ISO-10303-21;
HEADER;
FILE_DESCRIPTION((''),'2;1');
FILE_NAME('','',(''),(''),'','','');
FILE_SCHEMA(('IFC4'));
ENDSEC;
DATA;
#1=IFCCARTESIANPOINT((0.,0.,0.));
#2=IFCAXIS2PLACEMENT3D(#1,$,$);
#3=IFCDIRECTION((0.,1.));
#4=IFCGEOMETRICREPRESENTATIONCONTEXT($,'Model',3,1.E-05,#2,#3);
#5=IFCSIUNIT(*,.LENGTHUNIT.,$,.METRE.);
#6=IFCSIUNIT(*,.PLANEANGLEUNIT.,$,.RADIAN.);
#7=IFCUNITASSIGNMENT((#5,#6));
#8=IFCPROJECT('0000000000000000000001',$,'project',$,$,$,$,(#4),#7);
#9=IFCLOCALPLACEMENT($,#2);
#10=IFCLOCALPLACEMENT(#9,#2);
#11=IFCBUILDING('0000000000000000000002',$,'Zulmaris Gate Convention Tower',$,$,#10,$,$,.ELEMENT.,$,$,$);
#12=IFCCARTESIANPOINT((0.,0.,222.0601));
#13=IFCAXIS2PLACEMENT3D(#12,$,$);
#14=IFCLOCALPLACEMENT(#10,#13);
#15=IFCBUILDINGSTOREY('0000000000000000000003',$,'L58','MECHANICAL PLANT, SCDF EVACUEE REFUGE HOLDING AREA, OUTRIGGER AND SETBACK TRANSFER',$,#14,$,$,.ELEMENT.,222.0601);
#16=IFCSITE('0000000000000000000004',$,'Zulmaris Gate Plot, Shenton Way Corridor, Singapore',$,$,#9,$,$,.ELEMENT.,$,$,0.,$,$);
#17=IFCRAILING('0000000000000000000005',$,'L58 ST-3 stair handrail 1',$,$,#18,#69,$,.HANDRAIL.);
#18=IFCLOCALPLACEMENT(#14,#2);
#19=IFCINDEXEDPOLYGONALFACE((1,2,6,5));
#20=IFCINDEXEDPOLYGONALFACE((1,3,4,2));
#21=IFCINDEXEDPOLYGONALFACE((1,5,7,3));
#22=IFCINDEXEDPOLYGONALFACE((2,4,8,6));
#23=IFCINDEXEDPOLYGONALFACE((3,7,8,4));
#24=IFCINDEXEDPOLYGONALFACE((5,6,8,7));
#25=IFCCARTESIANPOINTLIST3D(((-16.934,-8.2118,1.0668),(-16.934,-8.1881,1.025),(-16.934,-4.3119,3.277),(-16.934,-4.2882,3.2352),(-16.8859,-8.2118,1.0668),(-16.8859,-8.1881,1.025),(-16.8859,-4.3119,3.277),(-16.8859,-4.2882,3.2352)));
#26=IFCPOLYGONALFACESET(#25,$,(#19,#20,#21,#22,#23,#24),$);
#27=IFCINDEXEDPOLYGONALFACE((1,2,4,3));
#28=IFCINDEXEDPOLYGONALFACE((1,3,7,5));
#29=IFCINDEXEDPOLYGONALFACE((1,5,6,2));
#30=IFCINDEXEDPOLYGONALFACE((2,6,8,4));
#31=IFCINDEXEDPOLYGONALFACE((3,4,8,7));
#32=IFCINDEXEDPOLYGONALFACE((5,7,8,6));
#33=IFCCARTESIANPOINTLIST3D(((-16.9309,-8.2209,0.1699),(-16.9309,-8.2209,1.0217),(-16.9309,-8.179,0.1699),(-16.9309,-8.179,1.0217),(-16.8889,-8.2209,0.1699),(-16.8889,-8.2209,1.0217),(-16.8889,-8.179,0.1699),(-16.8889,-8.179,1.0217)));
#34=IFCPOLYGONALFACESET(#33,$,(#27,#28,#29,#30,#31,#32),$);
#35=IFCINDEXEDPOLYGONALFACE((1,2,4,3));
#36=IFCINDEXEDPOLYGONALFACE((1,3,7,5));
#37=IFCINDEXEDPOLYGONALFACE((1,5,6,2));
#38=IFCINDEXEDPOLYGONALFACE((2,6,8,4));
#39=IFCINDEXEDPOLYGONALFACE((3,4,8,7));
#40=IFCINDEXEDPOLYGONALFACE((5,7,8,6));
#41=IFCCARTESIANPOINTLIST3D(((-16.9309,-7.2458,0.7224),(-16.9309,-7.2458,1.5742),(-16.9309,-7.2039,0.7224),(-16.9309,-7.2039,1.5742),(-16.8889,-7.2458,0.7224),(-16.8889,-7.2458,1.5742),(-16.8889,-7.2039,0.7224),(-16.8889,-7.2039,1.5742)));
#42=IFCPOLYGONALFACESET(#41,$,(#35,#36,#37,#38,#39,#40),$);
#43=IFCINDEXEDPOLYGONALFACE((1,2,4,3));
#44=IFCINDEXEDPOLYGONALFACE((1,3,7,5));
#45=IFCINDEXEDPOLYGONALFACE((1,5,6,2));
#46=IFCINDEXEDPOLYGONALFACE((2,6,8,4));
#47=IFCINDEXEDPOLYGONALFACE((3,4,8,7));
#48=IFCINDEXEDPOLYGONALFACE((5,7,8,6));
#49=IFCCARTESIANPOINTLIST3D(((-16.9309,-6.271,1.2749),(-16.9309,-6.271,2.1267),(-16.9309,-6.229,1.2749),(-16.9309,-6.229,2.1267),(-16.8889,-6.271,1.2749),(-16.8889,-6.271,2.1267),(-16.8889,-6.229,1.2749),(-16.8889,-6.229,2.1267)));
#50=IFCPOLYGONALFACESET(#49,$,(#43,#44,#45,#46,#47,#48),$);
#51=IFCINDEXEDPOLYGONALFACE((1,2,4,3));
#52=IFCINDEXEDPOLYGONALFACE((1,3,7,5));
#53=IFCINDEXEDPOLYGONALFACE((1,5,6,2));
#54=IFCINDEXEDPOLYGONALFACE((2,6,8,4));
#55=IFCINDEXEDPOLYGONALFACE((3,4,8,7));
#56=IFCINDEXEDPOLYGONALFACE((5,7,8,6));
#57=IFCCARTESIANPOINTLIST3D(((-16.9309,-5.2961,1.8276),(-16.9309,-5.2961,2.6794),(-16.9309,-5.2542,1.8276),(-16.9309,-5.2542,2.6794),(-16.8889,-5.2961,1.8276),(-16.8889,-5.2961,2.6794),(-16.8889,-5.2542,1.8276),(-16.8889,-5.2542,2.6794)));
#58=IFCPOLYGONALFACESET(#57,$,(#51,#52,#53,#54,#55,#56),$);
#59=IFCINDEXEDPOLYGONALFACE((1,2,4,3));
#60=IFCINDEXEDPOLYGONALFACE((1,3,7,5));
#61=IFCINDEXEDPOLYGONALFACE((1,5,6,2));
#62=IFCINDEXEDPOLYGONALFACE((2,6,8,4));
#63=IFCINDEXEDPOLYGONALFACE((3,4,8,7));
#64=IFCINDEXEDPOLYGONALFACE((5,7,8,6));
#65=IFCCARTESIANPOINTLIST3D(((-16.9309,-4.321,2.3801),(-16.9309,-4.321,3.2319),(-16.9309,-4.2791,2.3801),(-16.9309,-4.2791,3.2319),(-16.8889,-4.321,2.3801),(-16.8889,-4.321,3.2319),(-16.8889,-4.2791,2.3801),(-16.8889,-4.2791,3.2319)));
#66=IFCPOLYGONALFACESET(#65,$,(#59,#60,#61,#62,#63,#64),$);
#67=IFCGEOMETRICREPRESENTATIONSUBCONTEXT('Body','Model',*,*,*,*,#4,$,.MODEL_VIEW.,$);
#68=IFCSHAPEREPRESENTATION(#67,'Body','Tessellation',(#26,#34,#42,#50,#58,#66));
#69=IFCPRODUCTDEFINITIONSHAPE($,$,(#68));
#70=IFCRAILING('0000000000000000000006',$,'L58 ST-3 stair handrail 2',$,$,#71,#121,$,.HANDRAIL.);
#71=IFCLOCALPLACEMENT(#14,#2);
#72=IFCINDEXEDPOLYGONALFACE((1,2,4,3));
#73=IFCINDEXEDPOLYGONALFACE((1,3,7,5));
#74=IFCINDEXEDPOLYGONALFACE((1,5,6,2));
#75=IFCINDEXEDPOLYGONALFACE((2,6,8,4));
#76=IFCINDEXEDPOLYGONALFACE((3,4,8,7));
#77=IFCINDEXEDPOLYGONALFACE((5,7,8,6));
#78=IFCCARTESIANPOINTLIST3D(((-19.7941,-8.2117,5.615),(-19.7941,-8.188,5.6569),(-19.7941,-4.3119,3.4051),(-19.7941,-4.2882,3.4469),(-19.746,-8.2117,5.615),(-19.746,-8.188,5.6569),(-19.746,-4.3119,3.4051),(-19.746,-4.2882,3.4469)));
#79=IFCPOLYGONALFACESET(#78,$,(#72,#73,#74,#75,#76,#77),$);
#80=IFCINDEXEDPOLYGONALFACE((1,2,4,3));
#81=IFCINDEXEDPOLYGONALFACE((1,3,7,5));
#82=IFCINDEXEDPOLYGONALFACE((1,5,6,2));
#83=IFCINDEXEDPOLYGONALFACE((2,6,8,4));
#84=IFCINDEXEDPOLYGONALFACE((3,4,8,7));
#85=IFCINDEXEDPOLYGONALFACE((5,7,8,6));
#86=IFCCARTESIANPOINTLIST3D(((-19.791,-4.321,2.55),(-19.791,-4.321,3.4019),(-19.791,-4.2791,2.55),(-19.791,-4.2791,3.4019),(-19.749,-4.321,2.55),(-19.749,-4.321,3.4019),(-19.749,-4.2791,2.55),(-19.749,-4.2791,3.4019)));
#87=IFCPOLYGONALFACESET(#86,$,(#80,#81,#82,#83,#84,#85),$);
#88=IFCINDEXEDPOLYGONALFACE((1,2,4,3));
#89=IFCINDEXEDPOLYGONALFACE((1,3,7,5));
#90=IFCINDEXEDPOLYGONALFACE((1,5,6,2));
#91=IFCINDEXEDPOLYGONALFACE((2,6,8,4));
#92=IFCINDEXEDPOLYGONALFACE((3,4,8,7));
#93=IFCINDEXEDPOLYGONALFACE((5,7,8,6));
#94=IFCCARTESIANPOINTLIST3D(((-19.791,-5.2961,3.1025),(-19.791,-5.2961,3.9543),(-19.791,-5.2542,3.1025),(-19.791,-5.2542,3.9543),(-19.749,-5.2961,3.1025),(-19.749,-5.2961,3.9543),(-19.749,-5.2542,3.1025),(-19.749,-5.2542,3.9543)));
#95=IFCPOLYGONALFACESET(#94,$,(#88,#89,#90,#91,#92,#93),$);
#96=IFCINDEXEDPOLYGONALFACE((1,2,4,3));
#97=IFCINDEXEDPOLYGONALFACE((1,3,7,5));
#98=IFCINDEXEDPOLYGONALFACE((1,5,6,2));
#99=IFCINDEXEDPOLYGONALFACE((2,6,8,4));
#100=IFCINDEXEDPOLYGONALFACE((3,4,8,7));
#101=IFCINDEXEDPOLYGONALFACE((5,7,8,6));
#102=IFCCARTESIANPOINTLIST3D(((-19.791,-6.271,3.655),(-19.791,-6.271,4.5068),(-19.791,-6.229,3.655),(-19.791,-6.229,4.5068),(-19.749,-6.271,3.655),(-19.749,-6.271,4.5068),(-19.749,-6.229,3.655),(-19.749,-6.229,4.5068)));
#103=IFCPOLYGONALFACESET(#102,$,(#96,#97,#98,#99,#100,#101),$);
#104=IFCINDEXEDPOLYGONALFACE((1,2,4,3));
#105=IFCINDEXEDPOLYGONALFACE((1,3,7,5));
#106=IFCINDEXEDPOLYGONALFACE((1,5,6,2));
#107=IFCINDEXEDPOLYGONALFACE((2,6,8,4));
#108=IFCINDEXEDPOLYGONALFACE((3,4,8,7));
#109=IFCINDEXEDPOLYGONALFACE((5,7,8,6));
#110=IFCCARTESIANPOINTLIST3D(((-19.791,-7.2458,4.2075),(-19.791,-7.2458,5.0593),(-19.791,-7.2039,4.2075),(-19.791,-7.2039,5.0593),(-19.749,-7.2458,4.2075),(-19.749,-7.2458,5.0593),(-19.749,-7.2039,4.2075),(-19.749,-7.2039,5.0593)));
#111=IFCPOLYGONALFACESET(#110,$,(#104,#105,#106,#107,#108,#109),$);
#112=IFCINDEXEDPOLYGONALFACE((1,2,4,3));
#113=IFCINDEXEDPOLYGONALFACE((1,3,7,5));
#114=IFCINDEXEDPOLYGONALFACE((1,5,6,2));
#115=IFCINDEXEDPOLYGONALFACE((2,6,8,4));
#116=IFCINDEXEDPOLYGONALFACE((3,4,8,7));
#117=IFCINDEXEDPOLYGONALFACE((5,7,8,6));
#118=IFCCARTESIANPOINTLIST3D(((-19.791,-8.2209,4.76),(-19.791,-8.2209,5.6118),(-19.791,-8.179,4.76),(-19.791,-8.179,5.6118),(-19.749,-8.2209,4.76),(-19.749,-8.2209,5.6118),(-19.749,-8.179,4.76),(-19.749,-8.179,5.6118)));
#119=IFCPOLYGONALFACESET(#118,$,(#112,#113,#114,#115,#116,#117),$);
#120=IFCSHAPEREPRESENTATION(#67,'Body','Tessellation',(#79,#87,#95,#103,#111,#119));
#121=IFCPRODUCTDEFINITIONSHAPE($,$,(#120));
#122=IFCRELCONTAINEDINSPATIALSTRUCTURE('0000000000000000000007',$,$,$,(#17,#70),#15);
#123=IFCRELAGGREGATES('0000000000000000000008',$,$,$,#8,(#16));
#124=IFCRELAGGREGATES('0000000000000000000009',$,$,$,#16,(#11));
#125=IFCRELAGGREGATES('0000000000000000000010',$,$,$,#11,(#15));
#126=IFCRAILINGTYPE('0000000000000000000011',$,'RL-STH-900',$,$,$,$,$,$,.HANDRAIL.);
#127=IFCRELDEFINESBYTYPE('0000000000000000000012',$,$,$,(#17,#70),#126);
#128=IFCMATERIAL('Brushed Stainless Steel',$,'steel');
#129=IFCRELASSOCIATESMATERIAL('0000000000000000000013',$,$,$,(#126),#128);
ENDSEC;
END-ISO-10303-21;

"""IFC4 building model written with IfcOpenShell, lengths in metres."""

from ifc_helpers import new_model, si_unit, direction, frame, origin, origin_2d, place, context, subcontext, project, spatial, rectangle, extrude, material, type_object, element, save


model = new_model("IFC4")

# Units and contexts
model_context = context("Model", 3, precision=1e-05, world=origin(), true_north=direction((0.0, 1.0)))
body_context = subcontext(model_context, "Body", "Model", "MODEL_VIEW")
ifc_project = project(units=[si_unit("LENGTHUNIT", "METRE"), si_unit("PLANEANGLEUNIT", "RADIAN")], contexts=[model_context])

# Site, building, storey
site_placement = place(None, origin())
site = spatial("IfcSite", under=ifc_project, at=site_placement, Name="Zulmaris Gate Plot, Shenton Way Corridor, Singapore", CompositionType="ELEMENT", RefElevation=0.0)
building_placement = place(site_placement, origin())
building = spatial("IfcBuilding", under=site, at=building_placement, Name="Zulmaris Gate Convention Tower", CompositionType="ELEMENT")
storey_placement = place(building_placement, frame((0.0, 0.0, 222.0601)))
storey = spatial("IfcBuildingStorey", under=building, at=storey_placement, Name="L58", Description="MECHANICAL PLANT, SCDF EVACUEE REFUGE HOLDING AREA, OUTRIGGER AND SETBACK TRANSFER", CompositionType="ELEMENT", Elevation=222.0601)

# Railings
ifc_material_1 = material(Name="Brushed Stainless Steel", Category="steel")
railing_type_1 = type_object("IfcRailingType", Name="RL-STH-900", PredefinedType="HANDRAIL", material=ifc_material_1)
railing_1_placement = place(storey_placement, frame((-16.9099, -8.2, 0.1699)))
element("IfcRailing", 1, at=railing_1_placement, inside=storey, type_object=railing_type_1, Name="L58 ST-3 stair handrail 1", PredefinedType="HANDRAIL", context=body_context, shape_type="SweptSolid", body=[
    extrude(rectangle(XDim=0.0481, YDim=0.0481, at=origin_2d()), frame((0.0, 0.0, 0.876), z_axis=(0.0, 0.869997, 0.493057), x_axis=(-1.0, 0.0, 0.0)), (0.0, 0.0, 1.0), 4.4827),
    extrude(rectangle(XDim=0.042, YDim=0.042, at=origin_2d()), origin(), (0.0, 0.0, 1.0), 0.8518),
    extrude(rectangle(XDim=0.042, YDim=0.042, at=origin_2d()), frame((0.0, 0.9751, 0.5525)), (0.0, 0.0, 1.0), 0.8518),
    extrude(rectangle(XDim=0.042, YDim=0.042, at=origin_2d()), frame((0.0, 1.95, 1.105)), (0.0, 0.0, 1.0), 0.8518),
    extrude(rectangle(XDim=0.042, YDim=0.042, at=origin_2d()), frame((0.0, 2.9248, 1.6577)), (0.0, 0.0, 1.0), 0.8518),
    extrude(rectangle(XDim=0.042, YDim=0.042, at=origin_2d()), frame((0.0, 3.8999, 2.2102)), (0.0, 0.0, 1.0), 0.8518),
])
railing_2_placement = place(storey_placement, frame((-19.77, -4.3, 2.55)))
element("IfcRailing", 2, at=railing_2_placement, inside=storey, type_object=railing_type_1, Name="L58 ST-3 stair handrail 2", PredefinedType="HANDRAIL", context=body_context, shape_type="SweptSolid", body=[
    extrude(rectangle(XDim=0.0481, YDim=0.0481, at=origin_2d()), frame((0.0, 0.0, 0.876), z_axis=(0.0, -0.870021, 0.493015), x_axis=(1.0, 0.0, 0.0)), (0.0, 0.0, 1.0), 4.4824),
    extrude(rectangle(XDim=0.042, YDim=0.042, at=origin_2d()), origin(), (0.0, 0.0, 1.0), 0.8518),
    extrude(rectangle(XDim=0.042, YDim=0.042, at=origin_2d()), frame((0.0, -0.9751, 0.5525)), (0.0, 0.0, 1.0), 0.8518),
    extrude(rectangle(XDim=0.042, YDim=0.042, at=origin_2d()), frame((0.0, -1.95, 1.105)), (0.0, 0.0, 1.0), 0.8518),
    extrude(rectangle(XDim=0.042, YDim=0.042, at=origin_2d()), frame((0.0, -2.9248, 1.6575)), (0.0, 0.0, 1.0), 0.8518),
    extrude(rectangle(XDim=0.042, YDim=0.042, at=origin_2d()), frame((0.0, -3.8999, 2.21)), (0.0, 0.0, 1.0), 0.8518),
])

save(model, "model.ifc")
